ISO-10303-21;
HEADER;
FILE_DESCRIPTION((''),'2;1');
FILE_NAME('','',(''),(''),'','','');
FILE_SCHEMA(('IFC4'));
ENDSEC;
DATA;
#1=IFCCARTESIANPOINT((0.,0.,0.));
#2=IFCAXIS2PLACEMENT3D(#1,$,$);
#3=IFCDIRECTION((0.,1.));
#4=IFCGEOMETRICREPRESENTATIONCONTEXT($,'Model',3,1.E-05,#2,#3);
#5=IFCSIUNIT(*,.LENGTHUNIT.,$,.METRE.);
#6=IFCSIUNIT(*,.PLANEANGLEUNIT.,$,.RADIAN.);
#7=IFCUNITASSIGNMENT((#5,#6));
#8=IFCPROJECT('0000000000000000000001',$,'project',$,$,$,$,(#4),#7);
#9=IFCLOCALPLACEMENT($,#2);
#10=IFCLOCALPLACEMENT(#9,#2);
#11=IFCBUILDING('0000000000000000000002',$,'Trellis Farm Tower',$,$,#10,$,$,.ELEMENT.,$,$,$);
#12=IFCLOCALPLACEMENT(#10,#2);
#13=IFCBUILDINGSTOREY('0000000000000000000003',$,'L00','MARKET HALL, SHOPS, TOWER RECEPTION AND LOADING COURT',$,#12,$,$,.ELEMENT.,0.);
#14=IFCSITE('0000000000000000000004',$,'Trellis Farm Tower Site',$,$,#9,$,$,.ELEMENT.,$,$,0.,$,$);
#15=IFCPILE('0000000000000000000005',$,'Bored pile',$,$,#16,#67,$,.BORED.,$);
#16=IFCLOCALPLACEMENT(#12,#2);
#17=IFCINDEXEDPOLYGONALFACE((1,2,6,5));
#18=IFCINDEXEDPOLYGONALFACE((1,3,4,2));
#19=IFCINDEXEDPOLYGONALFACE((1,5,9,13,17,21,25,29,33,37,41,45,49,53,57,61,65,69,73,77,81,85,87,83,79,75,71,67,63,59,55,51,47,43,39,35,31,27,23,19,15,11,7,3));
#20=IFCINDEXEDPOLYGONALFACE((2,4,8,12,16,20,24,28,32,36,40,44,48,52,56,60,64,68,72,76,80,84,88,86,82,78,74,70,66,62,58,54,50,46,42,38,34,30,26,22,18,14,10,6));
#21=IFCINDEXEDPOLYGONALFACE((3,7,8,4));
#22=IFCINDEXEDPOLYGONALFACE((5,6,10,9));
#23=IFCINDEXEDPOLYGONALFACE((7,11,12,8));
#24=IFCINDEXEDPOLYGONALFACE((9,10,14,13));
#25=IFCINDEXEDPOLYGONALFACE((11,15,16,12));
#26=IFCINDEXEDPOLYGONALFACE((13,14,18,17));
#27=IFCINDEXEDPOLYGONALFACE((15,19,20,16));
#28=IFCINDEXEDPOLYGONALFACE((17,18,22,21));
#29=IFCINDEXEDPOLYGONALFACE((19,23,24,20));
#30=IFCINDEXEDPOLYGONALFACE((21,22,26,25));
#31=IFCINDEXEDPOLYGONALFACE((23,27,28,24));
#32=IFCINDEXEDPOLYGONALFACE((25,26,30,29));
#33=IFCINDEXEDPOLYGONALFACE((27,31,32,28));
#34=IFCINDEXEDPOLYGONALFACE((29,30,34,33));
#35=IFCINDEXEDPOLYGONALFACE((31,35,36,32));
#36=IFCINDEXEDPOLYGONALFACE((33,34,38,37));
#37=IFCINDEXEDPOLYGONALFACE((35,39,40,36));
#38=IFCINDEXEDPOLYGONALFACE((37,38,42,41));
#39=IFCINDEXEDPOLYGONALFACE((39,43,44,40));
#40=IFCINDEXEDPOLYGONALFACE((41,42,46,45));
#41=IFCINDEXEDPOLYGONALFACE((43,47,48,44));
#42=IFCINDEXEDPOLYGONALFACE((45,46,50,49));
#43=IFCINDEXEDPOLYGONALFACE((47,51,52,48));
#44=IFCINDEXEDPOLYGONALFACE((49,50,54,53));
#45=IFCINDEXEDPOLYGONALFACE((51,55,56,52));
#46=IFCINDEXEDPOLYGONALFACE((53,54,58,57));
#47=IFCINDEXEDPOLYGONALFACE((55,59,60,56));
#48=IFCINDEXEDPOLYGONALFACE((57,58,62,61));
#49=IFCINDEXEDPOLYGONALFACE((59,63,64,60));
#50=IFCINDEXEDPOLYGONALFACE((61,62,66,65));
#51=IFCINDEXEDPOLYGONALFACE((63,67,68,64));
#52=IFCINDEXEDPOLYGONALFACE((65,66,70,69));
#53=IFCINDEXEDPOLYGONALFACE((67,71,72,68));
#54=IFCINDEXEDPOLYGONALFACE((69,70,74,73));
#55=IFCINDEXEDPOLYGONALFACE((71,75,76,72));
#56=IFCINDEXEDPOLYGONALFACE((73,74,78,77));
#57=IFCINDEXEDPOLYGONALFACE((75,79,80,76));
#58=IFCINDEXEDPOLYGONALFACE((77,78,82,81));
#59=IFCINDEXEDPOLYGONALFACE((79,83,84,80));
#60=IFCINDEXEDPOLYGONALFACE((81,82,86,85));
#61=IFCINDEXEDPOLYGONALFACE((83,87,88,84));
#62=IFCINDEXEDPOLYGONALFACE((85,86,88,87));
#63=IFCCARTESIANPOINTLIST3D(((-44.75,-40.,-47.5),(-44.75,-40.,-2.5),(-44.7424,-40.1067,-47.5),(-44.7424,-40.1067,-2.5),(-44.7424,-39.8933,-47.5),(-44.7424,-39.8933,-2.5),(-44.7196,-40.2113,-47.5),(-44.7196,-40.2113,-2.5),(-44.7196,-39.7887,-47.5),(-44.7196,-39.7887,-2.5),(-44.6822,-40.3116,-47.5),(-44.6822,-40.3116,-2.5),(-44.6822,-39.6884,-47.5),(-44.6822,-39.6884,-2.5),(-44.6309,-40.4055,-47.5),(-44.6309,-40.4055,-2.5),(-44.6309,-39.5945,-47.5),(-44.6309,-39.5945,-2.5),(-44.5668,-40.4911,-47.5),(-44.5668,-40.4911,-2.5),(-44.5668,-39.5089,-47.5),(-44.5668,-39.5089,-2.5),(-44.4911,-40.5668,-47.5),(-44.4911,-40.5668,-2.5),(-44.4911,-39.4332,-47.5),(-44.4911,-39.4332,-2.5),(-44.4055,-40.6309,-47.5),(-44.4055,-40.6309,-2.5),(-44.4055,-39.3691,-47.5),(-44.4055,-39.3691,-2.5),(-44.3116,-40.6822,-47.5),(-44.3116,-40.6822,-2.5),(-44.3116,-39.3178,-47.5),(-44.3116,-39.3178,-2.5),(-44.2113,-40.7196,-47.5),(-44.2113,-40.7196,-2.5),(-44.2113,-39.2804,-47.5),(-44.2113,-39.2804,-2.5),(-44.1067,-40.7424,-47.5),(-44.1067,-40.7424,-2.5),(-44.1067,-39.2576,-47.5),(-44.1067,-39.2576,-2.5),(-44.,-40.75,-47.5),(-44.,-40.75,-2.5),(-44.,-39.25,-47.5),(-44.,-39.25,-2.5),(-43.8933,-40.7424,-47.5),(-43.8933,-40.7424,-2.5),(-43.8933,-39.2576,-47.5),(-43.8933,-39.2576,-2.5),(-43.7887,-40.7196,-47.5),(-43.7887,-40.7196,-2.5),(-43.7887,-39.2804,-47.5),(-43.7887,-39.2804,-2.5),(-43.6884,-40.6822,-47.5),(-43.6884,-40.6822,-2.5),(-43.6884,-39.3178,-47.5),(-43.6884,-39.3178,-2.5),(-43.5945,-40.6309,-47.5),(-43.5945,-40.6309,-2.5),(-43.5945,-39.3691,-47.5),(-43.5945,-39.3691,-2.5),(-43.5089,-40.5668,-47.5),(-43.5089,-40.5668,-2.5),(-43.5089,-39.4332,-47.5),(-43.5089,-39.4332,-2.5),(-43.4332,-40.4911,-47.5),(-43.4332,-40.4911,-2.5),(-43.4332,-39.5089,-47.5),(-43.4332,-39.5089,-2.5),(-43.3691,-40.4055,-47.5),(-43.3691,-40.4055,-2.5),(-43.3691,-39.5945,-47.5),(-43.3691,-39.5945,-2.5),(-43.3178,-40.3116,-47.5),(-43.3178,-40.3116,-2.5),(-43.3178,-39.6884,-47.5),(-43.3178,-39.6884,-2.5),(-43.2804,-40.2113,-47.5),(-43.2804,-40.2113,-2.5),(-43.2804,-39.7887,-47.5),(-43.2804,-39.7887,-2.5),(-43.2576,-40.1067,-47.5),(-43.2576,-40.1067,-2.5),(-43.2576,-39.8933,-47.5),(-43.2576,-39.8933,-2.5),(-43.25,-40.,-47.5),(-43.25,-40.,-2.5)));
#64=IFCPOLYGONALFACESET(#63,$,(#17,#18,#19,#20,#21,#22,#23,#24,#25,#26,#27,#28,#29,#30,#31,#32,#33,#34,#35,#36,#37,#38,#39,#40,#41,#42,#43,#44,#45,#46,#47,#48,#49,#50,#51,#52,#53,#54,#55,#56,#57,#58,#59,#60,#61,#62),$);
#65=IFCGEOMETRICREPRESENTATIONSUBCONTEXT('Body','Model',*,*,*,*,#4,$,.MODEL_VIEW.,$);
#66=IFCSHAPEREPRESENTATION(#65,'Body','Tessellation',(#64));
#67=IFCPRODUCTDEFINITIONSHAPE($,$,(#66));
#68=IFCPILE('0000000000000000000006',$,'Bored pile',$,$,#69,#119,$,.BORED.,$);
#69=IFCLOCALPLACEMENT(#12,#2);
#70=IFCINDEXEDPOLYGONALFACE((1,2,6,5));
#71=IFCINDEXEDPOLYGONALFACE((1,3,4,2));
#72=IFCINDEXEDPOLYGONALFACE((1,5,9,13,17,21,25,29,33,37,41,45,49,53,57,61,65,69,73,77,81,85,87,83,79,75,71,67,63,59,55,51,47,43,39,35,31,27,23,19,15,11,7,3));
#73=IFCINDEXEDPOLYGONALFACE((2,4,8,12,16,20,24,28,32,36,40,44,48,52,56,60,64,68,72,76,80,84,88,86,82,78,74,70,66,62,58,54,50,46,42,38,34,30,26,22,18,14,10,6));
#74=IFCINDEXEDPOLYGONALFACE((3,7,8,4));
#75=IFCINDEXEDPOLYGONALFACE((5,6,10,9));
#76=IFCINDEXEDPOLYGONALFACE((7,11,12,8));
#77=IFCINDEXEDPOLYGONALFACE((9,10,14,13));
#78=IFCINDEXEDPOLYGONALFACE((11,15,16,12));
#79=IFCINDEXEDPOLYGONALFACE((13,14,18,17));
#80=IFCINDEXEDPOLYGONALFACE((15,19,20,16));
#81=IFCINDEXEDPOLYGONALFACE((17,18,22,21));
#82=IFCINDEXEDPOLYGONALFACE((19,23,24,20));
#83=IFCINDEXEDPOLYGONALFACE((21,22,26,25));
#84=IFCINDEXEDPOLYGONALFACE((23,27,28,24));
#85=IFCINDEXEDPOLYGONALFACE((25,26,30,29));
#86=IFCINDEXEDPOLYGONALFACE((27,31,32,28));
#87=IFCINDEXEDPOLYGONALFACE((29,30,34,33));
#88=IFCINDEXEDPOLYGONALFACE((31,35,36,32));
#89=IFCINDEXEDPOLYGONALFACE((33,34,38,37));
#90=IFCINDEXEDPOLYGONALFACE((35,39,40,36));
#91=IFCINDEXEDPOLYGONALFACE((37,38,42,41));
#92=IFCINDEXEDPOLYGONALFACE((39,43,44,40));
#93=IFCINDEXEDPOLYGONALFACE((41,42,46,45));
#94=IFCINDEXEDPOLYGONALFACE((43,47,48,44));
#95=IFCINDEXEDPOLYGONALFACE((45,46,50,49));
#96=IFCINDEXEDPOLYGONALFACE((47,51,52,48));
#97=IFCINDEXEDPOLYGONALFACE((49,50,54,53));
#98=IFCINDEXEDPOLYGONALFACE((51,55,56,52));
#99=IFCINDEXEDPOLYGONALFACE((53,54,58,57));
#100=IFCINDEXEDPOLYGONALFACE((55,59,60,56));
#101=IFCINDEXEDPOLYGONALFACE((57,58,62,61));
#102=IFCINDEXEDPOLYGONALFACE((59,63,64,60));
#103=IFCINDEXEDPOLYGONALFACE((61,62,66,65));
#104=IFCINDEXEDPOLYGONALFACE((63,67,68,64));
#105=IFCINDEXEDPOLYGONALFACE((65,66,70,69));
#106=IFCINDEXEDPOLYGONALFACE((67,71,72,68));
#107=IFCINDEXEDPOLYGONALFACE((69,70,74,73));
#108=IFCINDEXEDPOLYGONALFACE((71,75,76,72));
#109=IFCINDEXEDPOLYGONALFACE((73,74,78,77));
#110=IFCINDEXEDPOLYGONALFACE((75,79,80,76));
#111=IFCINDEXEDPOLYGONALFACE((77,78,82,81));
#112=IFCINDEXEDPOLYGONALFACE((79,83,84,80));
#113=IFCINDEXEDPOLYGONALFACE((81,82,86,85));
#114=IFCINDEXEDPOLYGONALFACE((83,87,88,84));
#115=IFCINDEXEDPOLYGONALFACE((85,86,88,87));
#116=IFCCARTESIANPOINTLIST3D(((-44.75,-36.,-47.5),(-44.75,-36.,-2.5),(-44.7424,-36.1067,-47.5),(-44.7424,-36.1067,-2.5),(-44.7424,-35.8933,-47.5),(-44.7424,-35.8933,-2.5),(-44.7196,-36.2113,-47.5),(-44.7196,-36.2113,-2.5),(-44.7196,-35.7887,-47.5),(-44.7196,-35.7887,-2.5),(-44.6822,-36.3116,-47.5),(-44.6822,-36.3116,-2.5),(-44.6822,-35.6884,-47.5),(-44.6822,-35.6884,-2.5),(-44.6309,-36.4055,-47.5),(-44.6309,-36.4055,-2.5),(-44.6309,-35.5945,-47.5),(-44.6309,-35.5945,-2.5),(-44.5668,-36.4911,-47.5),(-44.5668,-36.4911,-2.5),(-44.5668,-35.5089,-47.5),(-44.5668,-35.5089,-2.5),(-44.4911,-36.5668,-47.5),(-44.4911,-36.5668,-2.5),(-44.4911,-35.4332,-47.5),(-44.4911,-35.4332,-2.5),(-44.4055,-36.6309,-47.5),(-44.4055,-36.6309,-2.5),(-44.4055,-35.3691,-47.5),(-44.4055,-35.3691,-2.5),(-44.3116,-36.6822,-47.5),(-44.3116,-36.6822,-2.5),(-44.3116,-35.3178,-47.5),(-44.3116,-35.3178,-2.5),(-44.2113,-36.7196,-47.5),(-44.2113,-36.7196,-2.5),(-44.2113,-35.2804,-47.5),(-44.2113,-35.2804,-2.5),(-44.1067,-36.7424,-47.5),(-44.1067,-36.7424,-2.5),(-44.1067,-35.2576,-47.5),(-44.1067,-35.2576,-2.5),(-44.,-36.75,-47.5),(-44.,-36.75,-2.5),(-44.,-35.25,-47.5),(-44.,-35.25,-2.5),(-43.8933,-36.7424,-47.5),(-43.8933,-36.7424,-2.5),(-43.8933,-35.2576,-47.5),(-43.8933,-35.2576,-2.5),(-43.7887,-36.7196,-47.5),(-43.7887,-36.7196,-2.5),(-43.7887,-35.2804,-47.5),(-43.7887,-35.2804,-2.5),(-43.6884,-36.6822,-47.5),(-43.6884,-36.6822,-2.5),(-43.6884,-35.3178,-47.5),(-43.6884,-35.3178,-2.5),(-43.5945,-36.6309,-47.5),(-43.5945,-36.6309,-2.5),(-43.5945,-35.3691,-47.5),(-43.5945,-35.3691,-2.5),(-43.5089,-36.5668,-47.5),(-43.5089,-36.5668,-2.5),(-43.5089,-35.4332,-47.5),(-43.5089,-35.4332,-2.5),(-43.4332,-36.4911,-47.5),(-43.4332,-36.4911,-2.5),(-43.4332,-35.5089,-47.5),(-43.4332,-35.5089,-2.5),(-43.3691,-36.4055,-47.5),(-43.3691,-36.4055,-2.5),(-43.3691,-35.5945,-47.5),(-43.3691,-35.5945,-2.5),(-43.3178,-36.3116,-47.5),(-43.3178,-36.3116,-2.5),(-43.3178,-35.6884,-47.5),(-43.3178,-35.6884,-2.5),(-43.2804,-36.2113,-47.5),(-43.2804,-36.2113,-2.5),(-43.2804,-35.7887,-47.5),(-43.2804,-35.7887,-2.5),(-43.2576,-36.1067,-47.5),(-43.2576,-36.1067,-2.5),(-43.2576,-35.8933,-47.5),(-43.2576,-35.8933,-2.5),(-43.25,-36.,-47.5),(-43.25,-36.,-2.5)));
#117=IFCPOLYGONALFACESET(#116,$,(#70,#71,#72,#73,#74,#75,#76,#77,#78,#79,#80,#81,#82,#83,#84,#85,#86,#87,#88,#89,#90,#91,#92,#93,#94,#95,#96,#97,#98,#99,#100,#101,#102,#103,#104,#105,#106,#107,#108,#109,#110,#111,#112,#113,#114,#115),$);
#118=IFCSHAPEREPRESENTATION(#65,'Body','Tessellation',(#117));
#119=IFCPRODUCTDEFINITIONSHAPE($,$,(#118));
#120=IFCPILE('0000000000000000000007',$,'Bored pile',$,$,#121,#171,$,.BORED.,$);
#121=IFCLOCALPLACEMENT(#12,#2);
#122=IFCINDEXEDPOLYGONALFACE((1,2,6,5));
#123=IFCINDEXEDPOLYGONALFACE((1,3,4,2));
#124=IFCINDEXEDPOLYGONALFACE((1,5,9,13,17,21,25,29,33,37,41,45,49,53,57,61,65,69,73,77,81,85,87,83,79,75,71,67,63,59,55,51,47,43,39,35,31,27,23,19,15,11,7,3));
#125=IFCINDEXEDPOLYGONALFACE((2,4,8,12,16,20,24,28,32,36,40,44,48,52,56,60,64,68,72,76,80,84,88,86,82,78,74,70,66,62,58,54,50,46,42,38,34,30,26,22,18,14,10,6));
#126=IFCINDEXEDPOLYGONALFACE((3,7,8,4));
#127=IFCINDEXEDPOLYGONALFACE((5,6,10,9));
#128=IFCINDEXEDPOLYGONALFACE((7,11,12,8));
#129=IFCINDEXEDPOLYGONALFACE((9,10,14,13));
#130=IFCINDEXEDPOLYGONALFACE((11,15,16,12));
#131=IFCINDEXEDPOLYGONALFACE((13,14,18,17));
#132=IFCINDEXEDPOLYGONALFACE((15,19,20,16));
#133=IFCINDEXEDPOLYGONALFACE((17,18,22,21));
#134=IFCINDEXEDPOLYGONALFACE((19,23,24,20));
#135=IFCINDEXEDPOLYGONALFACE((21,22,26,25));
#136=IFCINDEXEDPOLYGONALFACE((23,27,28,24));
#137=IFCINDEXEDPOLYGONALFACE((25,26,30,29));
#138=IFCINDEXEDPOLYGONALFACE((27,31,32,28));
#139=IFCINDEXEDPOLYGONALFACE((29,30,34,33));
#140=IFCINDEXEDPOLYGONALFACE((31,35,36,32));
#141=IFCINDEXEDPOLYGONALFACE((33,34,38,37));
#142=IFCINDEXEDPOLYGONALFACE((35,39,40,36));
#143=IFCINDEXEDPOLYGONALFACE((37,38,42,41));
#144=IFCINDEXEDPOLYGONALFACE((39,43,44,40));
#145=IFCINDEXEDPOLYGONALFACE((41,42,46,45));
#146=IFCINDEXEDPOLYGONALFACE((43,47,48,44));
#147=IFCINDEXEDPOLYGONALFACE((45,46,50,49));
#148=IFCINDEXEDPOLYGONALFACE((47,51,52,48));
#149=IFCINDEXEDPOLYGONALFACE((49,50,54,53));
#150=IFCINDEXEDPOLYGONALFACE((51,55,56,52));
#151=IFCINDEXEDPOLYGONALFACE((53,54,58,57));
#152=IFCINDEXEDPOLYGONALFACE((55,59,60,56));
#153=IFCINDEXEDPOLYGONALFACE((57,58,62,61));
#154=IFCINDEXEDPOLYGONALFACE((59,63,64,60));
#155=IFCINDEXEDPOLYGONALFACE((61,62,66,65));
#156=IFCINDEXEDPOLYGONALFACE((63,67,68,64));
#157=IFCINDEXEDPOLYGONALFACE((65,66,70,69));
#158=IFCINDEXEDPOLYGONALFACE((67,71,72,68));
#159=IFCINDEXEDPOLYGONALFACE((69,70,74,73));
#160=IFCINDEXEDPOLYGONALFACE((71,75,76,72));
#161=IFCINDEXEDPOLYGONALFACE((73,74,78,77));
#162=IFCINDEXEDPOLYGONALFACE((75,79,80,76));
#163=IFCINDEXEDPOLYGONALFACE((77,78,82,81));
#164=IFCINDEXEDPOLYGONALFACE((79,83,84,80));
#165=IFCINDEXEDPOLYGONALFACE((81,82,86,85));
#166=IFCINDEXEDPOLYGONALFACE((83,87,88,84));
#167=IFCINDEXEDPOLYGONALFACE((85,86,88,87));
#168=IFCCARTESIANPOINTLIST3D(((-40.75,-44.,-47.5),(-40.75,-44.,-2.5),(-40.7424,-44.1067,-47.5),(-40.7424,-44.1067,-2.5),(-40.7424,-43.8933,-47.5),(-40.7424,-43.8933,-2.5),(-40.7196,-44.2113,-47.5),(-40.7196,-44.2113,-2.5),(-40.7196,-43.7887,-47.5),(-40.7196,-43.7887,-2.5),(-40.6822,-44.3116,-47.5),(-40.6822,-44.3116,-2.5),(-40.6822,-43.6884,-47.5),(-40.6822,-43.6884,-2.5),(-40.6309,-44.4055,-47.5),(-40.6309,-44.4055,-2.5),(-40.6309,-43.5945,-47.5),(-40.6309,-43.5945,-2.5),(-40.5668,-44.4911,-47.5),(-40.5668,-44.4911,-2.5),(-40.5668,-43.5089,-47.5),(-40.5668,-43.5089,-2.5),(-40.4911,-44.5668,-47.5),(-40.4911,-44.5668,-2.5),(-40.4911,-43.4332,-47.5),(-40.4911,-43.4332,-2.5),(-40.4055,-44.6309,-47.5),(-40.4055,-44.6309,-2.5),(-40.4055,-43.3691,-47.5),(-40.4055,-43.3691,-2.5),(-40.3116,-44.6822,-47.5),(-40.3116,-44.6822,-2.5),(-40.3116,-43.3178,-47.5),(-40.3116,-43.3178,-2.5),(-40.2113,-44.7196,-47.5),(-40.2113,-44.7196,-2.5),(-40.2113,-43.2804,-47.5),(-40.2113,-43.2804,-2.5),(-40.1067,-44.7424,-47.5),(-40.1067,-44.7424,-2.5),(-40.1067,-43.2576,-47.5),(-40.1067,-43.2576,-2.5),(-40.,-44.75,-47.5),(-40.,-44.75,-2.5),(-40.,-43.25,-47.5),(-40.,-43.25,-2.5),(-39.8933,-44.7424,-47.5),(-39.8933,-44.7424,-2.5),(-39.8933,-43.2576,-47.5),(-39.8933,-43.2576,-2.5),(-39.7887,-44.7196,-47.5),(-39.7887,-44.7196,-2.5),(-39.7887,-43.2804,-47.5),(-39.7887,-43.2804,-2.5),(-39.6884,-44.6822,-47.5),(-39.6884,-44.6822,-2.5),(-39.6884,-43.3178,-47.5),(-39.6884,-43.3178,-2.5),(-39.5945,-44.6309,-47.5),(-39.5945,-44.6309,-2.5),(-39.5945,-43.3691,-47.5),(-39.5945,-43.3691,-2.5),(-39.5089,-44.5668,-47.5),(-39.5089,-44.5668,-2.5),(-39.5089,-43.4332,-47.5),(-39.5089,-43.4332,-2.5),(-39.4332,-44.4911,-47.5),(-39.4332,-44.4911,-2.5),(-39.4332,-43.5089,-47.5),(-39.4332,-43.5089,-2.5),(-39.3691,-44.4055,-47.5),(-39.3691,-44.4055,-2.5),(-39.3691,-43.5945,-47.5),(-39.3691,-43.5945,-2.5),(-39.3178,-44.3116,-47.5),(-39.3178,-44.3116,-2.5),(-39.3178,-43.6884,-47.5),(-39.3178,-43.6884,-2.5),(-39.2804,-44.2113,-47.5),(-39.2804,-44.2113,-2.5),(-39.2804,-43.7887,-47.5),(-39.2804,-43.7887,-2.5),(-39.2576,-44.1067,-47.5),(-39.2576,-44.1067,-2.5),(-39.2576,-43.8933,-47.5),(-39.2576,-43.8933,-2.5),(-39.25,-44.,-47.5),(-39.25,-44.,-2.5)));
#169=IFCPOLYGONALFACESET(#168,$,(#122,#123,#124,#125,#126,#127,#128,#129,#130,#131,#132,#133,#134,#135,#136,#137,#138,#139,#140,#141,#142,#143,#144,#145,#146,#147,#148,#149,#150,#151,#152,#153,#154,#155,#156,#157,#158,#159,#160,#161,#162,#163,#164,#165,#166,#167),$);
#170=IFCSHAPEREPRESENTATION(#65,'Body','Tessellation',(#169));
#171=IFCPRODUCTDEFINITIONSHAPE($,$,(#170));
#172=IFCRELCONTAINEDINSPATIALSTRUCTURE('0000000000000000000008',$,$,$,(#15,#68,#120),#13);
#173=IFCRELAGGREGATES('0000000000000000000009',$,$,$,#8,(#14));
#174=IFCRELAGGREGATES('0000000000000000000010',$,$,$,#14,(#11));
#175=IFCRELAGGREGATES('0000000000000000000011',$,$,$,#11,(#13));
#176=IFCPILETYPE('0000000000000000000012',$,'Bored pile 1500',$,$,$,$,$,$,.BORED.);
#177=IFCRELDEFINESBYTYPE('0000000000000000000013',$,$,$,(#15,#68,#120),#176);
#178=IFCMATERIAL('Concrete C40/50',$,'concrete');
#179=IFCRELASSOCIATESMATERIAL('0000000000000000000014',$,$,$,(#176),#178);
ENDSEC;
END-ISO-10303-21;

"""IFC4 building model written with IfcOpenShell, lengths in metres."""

from ifc_helpers import new_model, si_unit, direction, frame, origin, origin_2d, place, context, subcontext, project, spatial, circle, extrude, source, transform, mapped, material, material_profile, profile_set, type_object, element, save


model = new_model("IFC4")

# Units and contexts
model_context = context("Model", 3, precision=1e-05, world=origin(), true_north=direction((0.0, 1.0)))
body_context = subcontext(model_context, "Body", "Model", "MODEL_VIEW")
ifc_project = project(units=[si_unit("LENGTHUNIT", "METRE"), si_unit("PLANEANGLEUNIT", "RADIAN")], contexts=[model_context])

# Site, building, storey
site_placement = place(None, origin())
site = spatial("IfcSite", under=ifc_project, at=site_placement, Name="Trellis Farm Tower Site", CompositionType="ELEMENT", RefElevation=0.0)
building_placement = place(site_placement, origin())
building = spatial("IfcBuilding", under=site, at=building_placement, Name="Trellis Farm Tower", CompositionType="ELEMENT")
storey_placement = place(building_placement, origin())
storey = spatial("IfcBuildingStorey", under=building, at=storey_placement, Name="L00", Description="MARKET HALL, SHOPS, TOWER RECEPTION AND LOADING COURT", CompositionType="ELEMENT", Elevation=0.0)

# Piles
ifc_material_1 = material(Name="Concrete C40/50", Category="concrete")
ifc_material_profile_1 = material_profile(ifc_material_1, circle(Radius=0.75, at=origin_2d()), Name="Bored pile 1500")
ifc_profile_set_1 = profile_set([ifc_material_profile_1], Name="Concrete C40/50")
pile_type = type_object("IfcPileType", Name="Bored pile 1500", PredefinedType="BORED", material=ifc_profile_set_1)
shared_shape_1 = source(origin(), body_context, "Body", "SweptSolid", [
    extrude(circle(Radius=0.75, at=origin_2d()), origin(), (0.0, 0.0, 1.0), 45.0),
])
for number, where, z_axis, x_axis, name in (
    (1, (-44.0, -40.0, -2.5), (0.0, 0.0, -1.0), (1.0, 0.0, 0.0), "Bored pile"),
    (2, (-44.0, -36.0, -2.5), (0.0, 0.0, -1.0), (1.0, 0.0, 0.0), "Bored pile"),
    (3, (-40.0, -44.0, -2.5), (0.0, 0.0, -1.0), (1.0, 0.0, 0.0), "Bored pile"),
):
    element("IfcPile", number, at=place(storey_placement, frame(where, z_axis=z_axis, x_axis=x_axis)), inside=storey, type_object=pile_type, Name=name, PredefinedType="BORED", context=body_context, shape_type="MappedRepresentation", body=[
        mapped(shared_shape_1, transform((0.0, 0.0, 0.0))),
    ])

save(model, "model.ifc")
